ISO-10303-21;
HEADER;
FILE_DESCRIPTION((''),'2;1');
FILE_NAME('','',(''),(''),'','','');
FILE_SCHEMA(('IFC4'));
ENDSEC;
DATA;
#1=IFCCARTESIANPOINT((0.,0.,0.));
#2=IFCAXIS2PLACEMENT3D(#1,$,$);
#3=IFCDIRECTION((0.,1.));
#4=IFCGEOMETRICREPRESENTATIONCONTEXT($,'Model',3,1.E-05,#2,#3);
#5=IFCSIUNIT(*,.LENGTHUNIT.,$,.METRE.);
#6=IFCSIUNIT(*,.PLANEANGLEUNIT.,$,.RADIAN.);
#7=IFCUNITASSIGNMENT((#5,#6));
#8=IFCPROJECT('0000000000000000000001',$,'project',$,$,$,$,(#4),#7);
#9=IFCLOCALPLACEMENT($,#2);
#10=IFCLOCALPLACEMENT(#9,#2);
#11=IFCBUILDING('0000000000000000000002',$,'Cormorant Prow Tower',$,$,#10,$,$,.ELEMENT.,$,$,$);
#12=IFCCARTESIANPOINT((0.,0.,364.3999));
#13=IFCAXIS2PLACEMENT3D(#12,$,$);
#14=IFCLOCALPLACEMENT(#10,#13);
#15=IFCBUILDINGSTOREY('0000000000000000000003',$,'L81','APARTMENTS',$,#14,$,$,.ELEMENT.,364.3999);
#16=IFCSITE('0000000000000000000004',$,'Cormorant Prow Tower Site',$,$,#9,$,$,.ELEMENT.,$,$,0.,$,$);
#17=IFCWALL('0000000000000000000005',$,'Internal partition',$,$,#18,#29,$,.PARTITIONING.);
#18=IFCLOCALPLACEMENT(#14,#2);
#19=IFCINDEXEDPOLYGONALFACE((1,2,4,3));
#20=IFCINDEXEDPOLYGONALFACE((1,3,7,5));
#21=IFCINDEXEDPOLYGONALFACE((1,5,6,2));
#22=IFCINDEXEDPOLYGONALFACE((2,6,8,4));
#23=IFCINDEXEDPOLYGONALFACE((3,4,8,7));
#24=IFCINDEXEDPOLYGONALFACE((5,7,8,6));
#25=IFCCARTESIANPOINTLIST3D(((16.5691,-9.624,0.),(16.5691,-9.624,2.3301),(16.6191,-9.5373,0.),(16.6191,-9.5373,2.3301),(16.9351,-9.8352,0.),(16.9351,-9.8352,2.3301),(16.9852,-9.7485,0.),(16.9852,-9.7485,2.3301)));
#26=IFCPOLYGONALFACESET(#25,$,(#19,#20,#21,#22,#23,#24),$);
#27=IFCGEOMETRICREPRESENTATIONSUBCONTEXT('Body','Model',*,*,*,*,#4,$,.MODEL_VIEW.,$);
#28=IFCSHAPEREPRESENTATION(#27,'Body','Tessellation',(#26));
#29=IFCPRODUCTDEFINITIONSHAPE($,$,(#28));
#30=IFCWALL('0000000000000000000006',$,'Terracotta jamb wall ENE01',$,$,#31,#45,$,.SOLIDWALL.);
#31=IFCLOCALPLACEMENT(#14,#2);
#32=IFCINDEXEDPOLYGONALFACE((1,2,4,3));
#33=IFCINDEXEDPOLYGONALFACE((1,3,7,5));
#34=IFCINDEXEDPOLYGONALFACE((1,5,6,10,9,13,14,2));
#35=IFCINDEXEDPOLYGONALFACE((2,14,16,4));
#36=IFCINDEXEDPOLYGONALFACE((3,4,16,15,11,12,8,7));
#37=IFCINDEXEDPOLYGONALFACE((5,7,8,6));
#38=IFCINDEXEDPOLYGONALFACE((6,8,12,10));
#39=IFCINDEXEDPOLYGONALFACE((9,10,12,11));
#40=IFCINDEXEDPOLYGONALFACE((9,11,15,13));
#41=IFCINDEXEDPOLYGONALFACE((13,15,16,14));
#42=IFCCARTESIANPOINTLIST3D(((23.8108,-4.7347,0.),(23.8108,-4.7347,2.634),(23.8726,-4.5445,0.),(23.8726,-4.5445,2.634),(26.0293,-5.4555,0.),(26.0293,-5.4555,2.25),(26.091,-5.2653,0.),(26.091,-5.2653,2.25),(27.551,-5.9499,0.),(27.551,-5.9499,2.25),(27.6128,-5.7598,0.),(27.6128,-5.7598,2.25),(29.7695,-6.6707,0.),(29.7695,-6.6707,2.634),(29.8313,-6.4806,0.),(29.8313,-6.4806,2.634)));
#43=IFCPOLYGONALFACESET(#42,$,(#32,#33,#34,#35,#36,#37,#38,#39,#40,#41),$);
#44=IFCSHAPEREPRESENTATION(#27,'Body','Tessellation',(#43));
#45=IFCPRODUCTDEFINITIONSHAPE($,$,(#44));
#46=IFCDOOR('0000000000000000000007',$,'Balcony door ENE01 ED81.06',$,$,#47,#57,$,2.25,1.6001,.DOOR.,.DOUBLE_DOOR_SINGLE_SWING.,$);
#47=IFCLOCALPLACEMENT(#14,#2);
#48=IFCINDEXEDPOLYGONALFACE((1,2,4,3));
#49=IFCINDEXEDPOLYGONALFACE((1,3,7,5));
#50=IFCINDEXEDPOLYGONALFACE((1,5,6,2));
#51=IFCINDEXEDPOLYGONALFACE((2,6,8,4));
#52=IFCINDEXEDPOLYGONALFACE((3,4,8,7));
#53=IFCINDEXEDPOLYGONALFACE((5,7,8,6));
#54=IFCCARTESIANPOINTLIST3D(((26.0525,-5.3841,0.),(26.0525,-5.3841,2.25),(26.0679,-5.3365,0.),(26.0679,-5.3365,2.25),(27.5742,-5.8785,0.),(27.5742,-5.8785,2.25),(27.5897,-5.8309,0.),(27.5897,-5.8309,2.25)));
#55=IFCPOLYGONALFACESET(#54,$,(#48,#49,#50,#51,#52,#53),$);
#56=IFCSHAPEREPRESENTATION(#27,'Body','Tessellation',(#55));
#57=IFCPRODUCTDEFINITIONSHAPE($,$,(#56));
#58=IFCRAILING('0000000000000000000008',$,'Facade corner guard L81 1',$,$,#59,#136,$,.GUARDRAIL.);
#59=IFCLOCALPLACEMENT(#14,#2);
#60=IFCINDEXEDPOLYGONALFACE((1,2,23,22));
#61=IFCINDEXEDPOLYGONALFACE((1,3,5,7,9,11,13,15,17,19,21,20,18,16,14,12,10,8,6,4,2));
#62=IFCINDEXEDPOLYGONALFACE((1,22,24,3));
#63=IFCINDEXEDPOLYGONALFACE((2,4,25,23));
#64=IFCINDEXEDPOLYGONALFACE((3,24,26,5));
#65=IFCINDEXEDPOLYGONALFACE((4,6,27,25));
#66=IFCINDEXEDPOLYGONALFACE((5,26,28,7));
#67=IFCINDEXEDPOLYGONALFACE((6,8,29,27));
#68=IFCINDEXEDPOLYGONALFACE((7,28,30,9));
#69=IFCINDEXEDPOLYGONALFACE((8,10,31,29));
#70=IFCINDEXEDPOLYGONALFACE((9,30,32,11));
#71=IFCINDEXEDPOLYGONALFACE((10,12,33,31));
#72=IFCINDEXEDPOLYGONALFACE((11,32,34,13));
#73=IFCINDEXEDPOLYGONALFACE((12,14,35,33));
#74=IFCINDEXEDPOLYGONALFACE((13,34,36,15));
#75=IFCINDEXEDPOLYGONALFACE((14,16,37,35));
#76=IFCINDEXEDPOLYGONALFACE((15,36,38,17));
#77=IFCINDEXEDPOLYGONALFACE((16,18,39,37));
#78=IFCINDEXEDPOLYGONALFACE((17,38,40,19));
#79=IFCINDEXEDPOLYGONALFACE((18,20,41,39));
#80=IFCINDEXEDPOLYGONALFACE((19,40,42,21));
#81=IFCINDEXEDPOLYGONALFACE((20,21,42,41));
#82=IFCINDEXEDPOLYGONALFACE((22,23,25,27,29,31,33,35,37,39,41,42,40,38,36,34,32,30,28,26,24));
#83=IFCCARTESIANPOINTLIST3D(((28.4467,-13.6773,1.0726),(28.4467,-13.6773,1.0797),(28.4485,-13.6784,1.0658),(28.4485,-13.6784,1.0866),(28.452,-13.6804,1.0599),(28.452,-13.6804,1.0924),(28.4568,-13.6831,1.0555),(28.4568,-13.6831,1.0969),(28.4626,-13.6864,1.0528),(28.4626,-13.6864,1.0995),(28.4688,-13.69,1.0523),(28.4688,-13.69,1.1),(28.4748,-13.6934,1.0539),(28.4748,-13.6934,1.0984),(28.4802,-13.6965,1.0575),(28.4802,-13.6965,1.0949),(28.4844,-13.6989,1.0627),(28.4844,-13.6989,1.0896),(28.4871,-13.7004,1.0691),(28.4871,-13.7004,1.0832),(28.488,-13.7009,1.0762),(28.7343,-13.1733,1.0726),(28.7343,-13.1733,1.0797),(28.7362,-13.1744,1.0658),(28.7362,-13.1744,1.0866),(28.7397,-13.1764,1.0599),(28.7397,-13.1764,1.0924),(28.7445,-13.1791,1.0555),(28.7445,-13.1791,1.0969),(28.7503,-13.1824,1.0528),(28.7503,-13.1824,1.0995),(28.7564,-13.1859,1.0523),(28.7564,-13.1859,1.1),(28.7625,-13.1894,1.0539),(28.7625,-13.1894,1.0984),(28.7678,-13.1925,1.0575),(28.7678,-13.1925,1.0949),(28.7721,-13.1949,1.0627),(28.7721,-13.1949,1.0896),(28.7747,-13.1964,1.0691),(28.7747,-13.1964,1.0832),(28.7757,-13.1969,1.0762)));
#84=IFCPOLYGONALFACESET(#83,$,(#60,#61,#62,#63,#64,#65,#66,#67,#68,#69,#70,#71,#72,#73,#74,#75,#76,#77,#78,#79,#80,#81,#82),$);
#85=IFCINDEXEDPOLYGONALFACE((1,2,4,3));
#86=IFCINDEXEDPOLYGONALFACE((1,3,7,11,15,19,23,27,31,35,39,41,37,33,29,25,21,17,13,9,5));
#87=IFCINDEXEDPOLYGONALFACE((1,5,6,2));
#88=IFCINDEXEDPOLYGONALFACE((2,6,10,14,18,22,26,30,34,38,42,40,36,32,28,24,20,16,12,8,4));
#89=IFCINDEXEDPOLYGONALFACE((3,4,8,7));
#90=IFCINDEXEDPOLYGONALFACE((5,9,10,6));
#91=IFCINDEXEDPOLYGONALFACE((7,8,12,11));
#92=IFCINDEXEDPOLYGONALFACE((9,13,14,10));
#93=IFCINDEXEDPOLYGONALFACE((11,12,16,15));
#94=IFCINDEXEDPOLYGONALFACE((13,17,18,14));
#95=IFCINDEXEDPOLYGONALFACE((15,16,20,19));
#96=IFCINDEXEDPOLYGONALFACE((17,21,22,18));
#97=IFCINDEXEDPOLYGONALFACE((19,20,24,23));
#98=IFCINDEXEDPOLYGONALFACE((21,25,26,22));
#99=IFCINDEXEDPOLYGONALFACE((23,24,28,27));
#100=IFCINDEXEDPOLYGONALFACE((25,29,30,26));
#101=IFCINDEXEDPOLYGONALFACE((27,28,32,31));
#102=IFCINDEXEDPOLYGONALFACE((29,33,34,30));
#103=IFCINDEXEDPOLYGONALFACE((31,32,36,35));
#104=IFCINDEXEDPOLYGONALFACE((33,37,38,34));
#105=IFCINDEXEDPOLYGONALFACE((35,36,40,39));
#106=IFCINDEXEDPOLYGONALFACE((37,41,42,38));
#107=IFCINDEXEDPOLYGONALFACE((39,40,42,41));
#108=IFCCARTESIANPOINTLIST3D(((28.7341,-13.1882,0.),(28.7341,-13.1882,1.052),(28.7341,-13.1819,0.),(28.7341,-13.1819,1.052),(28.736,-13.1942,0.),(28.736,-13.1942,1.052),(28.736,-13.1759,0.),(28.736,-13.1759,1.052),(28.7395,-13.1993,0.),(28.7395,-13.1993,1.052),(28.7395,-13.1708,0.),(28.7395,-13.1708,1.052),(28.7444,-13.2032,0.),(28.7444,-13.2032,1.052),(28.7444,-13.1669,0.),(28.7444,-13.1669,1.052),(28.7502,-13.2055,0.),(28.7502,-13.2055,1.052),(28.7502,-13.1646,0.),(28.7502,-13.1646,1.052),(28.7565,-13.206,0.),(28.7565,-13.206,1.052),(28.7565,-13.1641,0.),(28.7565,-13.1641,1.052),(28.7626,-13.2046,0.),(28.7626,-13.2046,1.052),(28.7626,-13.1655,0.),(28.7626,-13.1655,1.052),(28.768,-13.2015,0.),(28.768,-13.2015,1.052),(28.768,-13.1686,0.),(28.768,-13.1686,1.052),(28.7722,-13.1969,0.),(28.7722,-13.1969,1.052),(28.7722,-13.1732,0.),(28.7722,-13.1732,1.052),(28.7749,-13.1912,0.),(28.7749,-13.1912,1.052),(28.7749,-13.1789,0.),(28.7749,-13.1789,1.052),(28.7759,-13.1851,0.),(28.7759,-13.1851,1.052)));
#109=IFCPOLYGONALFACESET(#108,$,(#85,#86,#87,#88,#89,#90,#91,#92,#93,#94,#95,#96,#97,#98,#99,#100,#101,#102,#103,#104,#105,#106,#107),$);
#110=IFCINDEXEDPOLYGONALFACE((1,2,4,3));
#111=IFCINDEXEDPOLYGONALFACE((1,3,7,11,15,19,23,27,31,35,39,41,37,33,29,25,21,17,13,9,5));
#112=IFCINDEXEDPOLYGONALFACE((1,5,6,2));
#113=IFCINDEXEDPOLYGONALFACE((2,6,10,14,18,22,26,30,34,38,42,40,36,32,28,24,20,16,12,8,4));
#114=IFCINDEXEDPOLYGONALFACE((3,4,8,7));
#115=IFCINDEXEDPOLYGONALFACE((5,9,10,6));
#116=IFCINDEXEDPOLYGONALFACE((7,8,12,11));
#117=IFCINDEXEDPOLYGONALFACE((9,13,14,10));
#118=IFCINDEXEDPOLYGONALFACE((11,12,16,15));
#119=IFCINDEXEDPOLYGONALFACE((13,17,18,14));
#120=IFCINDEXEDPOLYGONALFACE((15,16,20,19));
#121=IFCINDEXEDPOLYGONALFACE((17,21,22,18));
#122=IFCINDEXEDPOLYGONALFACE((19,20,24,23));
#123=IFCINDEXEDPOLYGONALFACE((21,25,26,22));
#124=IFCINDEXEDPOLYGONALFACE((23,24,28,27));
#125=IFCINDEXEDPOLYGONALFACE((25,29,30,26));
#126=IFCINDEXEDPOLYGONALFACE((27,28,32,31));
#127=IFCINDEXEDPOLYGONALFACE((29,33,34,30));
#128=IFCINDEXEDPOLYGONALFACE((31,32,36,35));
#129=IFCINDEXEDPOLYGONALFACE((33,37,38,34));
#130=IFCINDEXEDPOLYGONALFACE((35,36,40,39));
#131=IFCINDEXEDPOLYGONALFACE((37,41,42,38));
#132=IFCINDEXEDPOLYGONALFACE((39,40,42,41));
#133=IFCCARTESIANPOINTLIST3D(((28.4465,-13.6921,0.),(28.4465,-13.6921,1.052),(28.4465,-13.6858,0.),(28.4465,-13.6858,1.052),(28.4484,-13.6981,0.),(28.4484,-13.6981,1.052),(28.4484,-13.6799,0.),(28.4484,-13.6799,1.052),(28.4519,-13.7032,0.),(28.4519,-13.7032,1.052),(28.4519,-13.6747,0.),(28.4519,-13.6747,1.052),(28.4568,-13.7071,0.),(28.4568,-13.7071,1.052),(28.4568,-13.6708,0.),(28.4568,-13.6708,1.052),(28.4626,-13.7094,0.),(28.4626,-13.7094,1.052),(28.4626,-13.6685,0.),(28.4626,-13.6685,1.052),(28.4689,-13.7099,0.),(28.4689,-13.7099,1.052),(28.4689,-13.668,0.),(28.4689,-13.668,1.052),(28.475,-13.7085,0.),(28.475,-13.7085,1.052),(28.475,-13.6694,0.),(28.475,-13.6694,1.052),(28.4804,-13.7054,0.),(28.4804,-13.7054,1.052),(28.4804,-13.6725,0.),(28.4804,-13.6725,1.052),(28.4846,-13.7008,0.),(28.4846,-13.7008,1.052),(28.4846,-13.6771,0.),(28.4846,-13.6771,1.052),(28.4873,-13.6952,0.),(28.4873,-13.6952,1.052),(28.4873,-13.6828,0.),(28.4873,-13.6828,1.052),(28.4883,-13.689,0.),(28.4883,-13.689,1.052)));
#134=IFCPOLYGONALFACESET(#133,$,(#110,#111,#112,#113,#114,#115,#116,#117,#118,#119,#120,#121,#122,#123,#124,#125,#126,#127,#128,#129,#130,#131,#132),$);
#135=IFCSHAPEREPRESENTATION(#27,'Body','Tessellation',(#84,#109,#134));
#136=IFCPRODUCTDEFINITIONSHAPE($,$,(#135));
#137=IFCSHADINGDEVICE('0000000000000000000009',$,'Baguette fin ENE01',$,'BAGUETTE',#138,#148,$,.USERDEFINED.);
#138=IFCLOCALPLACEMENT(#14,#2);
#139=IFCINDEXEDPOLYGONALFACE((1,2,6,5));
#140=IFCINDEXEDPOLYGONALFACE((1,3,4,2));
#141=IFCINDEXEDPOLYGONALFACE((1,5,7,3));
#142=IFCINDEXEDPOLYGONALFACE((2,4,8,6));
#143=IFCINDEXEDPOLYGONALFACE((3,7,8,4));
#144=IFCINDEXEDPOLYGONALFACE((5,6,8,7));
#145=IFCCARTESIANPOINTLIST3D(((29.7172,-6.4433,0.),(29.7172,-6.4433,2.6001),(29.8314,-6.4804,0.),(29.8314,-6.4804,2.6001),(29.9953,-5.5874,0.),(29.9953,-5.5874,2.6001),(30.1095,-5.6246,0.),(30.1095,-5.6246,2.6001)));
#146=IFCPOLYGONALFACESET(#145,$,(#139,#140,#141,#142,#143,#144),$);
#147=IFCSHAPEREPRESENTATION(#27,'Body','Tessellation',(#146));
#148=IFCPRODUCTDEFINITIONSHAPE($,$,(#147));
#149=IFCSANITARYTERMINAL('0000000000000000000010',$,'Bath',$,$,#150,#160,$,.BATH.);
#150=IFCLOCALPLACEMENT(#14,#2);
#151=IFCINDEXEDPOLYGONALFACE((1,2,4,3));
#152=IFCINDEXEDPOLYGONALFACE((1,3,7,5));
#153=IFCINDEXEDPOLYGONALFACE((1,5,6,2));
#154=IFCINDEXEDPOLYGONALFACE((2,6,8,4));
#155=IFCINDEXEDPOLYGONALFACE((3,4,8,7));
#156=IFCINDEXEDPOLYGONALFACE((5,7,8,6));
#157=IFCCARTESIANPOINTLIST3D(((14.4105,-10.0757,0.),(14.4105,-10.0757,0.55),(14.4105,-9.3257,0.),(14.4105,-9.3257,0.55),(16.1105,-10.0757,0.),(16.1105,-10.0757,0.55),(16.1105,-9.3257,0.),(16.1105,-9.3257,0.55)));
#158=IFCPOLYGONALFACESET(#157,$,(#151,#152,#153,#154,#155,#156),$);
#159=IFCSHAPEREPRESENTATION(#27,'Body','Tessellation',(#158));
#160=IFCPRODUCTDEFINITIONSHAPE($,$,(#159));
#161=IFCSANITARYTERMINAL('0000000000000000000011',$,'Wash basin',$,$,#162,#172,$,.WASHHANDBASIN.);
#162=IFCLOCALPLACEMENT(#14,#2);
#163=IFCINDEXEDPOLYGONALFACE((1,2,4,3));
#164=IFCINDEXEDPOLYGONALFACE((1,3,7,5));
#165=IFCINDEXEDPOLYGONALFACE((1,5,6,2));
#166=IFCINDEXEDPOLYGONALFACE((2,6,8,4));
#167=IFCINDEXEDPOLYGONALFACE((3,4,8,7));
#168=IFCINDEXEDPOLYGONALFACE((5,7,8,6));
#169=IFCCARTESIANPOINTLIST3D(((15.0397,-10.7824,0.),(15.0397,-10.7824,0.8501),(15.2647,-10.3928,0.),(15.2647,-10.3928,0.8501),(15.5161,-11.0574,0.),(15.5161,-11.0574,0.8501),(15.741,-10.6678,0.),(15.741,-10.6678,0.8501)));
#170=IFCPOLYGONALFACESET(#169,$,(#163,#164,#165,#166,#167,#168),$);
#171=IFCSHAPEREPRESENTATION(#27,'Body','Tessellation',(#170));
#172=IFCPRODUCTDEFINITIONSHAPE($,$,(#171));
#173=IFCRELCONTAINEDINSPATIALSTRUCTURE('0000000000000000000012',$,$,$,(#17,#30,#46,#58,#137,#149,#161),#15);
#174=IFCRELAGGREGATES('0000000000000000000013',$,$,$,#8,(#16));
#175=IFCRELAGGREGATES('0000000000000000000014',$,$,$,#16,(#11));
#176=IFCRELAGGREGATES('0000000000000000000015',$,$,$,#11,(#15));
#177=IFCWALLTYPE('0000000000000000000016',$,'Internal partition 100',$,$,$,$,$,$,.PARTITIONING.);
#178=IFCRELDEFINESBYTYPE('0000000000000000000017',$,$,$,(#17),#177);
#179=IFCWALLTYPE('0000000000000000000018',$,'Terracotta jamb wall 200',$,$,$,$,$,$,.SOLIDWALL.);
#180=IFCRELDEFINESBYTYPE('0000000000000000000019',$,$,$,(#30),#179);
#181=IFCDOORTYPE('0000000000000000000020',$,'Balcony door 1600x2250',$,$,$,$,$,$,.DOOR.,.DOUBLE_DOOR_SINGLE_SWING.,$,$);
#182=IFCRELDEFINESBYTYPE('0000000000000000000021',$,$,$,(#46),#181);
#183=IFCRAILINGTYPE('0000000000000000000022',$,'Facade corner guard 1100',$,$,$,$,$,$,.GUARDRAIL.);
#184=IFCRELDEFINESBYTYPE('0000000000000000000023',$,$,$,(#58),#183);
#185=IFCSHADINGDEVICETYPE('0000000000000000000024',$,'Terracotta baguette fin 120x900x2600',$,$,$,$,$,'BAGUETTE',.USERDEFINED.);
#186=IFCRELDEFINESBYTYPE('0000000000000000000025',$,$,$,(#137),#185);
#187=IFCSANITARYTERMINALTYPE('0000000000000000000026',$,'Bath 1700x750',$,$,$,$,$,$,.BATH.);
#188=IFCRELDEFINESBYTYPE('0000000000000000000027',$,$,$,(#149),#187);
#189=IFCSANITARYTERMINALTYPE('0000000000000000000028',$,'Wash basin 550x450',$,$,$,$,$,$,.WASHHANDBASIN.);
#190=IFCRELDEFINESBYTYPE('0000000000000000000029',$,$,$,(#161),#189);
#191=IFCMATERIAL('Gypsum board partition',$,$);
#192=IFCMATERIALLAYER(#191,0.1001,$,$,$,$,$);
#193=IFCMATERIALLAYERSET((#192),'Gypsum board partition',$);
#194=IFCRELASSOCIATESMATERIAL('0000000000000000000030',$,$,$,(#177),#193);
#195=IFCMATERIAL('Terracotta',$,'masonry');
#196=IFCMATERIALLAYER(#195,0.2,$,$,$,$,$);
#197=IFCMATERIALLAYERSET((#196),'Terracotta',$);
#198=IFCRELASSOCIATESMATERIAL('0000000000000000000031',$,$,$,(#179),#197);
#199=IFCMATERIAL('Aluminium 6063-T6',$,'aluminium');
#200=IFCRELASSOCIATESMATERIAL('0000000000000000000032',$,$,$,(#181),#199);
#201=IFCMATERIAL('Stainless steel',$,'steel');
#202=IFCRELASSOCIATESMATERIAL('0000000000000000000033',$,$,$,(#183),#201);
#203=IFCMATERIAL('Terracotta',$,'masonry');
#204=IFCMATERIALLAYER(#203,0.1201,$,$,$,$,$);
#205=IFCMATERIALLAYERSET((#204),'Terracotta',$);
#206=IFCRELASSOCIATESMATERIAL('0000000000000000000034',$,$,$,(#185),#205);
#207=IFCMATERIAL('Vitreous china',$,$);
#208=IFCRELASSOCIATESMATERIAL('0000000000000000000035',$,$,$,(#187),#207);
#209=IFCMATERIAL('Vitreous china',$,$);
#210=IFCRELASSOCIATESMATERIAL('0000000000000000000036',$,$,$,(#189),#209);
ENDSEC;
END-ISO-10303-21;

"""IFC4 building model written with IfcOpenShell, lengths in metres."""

from ifc_helpers import new_model, si_unit, direction, frame, frame_2d, origin, origin_2d, place, context, subcontext, project, spatial, rectangle, circle, extrude, material, layer, layer_set, type_object, element, fill, save


model = new_model("IFC4")

# Units and contexts
model_context = context("Model", 3, precision=1e-05, world=origin(), true_north=direction((0.0, 1.0)))
body_context = subcontext(model_context, "Body", "Model", "MODEL_VIEW")
ifc_project = project(units=[si_unit("LENGTHUNIT", "METRE"), si_unit("PLANEANGLEUNIT", "RADIAN")], contexts=[model_context])

# Site, building, storey
site_placement = place(None, origin())
site = spatial("IfcSite", under=ifc_project, at=site_placement, Name="Cormorant Prow Tower Site", CompositionType="ELEMENT", RefElevation=0.0)
building_placement = place(site_placement, origin())
building = spatial("IfcBuilding", under=site, at=building_placement, Name="Cormorant Prow Tower", CompositionType="ELEMENT")
storey_placement = place(building_placement, frame((0.0, 0.0, 364.3999)))
storey = spatial("IfcBuildingStorey", under=building, at=storey_placement, Name="L81", Description="APARTMENTS", CompositionType="ELEMENT", Elevation=364.3999)

# Shared definitions
ifc_material_1 = material(Name="Gypsum board partition")
ifc_layer_1 = layer(ifc_material_1, 0.1001)
ifc_layer_set_1 = layer_set([ifc_layer_1], Name="Gypsum board partition")
wall_type_1 = type_object("IfcWallType", Name="Internal partition 100", PredefinedType="PARTITIONING", material=ifc_layer_set_1)

# Wall
wall_1_placement = place(storey_placement, frame((16.594, -9.5806, 0.0), z_axis=(0.0, 0.0, 1.0), x_axis=(0.866137, -0.499806, 0.0)))
element("IfcWall", 1, at=wall_1_placement, inside=storey, type_object=wall_type_1, Name="Internal partition", PredefinedType="PARTITIONING", context=body_context, shape_type="SweptSolid", body=[
    extrude(rectangle(XDim=0.4226, YDim=0.1001, at=frame_2d((0.2114, 0.0))), origin(), (0.0, 0.0, 1.0), 2.3301),
])

# Wall, opening, door
ifc_material_2 = material(Name="Terracotta", Category="masonry")
ifc_layer_2 = layer(ifc_material_2, 0.2)
ifc_layer_set_2 = layer_set([ifc_layer_2], Name="Terracotta")
wall_type_2 = type_object("IfcWallType", Name="Terracotta jamb wall 200", PredefinedType="SOLIDWALL", material=ifc_layer_set_2)
wall_2_placement = place(storey_placement, frame((29.8005, -6.5757, 0.0), z_axis=(0.0, 0.0, 1.0), x_axis=(-0.95106, 0.309006, 0.0)))
wall_2 = element("IfcWall", 2, at=wall_2_placement, inside=storey, type_object=wall_type_2, Name="Terracotta jamb wall ENE01", PredefinedType="SOLIDWALL", context=body_context, shape_type="SweptSolid", body=[
    extrude(rectangle(XDim=6.2654, YDim=0.2, at=frame_2d((3.1328, 0.0))), origin(), (0.0, 0.0, 1.0), 2.634),
])
opening_1_placement = place(wall_2_placement, frame((2.3328, 0.0, 0.0)))
opening_1 = element("IfcOpeningElement", 3, at=opening_1_placement, cuts=wall_2, PredefinedType="OPENING", context=body_context, shape_type="SweptSolid", body=[
    extrude(rectangle(XDim=1.6001, YDim=2.25, at=frame_2d((0.8, 1.125))), frame((0.0, 0.1099, 0.0), z_axis=(0.0, -1.0, 0.0), x_axis=(1.0, 0.0, 0.0)), (0.0, 0.0, 1.0), 0.22),
])
ifc_material_3 = material(Name="Aluminium 6063-T6", Category="aluminium")
door_type_1 = type_object("IfcDoorType", Name="Balcony door 1600x2250", OperationType="DOUBLE_DOOR_SINGLE_SWING", PredefinedType="DOOR", material=ifc_material_3)
door_1_placement = place(opening_1_placement, origin())
door_1 = element("IfcDoor", 4, at=door_1_placement, inside=storey, type_object=door_type_1, Name="Balcony door ENE01 ED81.06", OperationType="DOUBLE_DOOR_SINGLE_SWING", OverallHeight=2.25, OverallWidth=1.6001, PredefinedType="DOOR", context=body_context, shape_type="SweptSolid", body=[
    extrude(rectangle(XDim=1.6001, YDim=2.25, at=frame_2d((0.8, 1.125))), frame((0.0, 0.0249, 0.0), z_axis=(0.0, -1.0, 0.0), x_axis=(1.0, 0.0, 0.0)), (0.0, 0.0, 1.0), 0.05),
])
fill(opening_1, door_1)

# Railing
ifc_material_4 = material(Name="Stainless steel", Category="steel")
railing_type_1 = type_object("IfcRailingType", Name="Facade corner guard 1100", PredefinedType="GUARDRAIL", material=ifc_material_4)
railing_1_placement = place(storey_placement, frame((28.7549, -13.1851, 0.0)))
element("IfcRailing", 5, at=railing_1_placement, inside=storey, type_object=railing_type_1, Name="Facade corner guard L81 1", PredefinedType="GUARDRAIL", context=body_context, shape_type="SweptSolid", body=[
    extrude(circle(Radius=0.0239, at=origin_2d()), frame((0.0, 0.0, 1.0762), z_axis=(-0.495686, -0.868502, 0.0), x_axis=(0.868502, -0.495686, 0.0)), (0.0, 0.0, 1.0), 0.5803),
    extrude(circle(Radius=0.021, at=origin_2d()), origin(), (0.0, 0.0, 1.0), 1.052),
    extrude(circle(Radius=0.021, at=origin_2d()), frame((-0.2876, -0.5039, 0.0)), (0.0, 0.0, 1.0), 1.052),
])

# Shading device
ifc_material_5 = material(Name="Terracotta", Category="masonry")
ifc_layer_3 = layer(ifc_material_5, 0.1201)
ifc_layer_set_3 = layer_set([ifc_layer_3], Name="Terracotta")
shading_device_type = type_object("IfcShadingDeviceType", Name="Terracotta baguette fin 120x900x2600", ElementType="BAGUETTE", PredefinedType="USERDEFINED", material=ifc_layer_set_3)
shading_device_placement = place(storey_placement, frame((29.9133, -6.0339, 0.0), z_axis=(0.0, 0.0, 1.0), x_axis=(-0.951057, 0.309017, 0.0)))
element("IfcShadingDevice", 6, at=shading_device_placement, inside=storey, type_object=shading_device_type, Name="Baguette fin ENE01", ObjectType="BAGUETTE", PredefinedType="USERDEFINED", context=body_context, shape_type="SweptSolid", body=[
    extrude(rectangle(XDim=0.1201, YDim=0.8999, at=origin_2d()), origin(), (0.0, 0.0, 1.0), 2.6001),
])

# Sanitary terminals
ifc_material_6 = material(Name="Vitreous china")
sanitary_terminal_type_1 = type_object("IfcSanitaryTerminalType", Name="Bath 1700x750", PredefinedType="BATH", material=ifc_material_6)
sanitary_terminal_1_placement = place(storey_placement, frame((15.2605, -9.7007, 0.0), z_axis=(0.0, 0.0, 1.0), x_axis=(1.0, 0.0, 0.0)))
element("IfcSanitaryTerminal", 7, at=sanitary_terminal_1_placement, inside=storey, type_object=sanitary_terminal_type_1, Name="Bath", PredefinedType="BATH", context=body_context, shape_type="SweptSolid", body=[
    extrude(rectangle(XDim=1.7, YDim=0.75, at=origin_2d()), origin(), (0.0, 0.0, 1.0), 0.55),
])
ifc_material_7 = material(Name="Vitreous china")
sanitary_terminal_type_2 = type_object("IfcSanitaryTerminalType", Name="Wash basin 550x450", PredefinedType="WASHHANDBASIN", material=ifc_material_7)
sanitary_terminal_2_placement = place(storey_placement, frame((15.3904, -10.7251, 0.0), z_axis=(0.0, 0.0, 1.0), x_axis=(-0.866025, 0.5, 0.0)))
element("IfcSanitaryTerminal", 8, at=sanitary_terminal_2_placement, inside=storey, type_object=sanitary_terminal_type_2, Name="Wash basin", PredefinedType="WASHHANDBASIN", context=body_context, shape_type="SweptSolid", body=[
    extrude(rectangle(XDim=0.55, YDim=0.45, at=origin_2d()), origin(), (0.0, 0.0, 1.0), 0.8501),
])

save(model, "model.ifc")
